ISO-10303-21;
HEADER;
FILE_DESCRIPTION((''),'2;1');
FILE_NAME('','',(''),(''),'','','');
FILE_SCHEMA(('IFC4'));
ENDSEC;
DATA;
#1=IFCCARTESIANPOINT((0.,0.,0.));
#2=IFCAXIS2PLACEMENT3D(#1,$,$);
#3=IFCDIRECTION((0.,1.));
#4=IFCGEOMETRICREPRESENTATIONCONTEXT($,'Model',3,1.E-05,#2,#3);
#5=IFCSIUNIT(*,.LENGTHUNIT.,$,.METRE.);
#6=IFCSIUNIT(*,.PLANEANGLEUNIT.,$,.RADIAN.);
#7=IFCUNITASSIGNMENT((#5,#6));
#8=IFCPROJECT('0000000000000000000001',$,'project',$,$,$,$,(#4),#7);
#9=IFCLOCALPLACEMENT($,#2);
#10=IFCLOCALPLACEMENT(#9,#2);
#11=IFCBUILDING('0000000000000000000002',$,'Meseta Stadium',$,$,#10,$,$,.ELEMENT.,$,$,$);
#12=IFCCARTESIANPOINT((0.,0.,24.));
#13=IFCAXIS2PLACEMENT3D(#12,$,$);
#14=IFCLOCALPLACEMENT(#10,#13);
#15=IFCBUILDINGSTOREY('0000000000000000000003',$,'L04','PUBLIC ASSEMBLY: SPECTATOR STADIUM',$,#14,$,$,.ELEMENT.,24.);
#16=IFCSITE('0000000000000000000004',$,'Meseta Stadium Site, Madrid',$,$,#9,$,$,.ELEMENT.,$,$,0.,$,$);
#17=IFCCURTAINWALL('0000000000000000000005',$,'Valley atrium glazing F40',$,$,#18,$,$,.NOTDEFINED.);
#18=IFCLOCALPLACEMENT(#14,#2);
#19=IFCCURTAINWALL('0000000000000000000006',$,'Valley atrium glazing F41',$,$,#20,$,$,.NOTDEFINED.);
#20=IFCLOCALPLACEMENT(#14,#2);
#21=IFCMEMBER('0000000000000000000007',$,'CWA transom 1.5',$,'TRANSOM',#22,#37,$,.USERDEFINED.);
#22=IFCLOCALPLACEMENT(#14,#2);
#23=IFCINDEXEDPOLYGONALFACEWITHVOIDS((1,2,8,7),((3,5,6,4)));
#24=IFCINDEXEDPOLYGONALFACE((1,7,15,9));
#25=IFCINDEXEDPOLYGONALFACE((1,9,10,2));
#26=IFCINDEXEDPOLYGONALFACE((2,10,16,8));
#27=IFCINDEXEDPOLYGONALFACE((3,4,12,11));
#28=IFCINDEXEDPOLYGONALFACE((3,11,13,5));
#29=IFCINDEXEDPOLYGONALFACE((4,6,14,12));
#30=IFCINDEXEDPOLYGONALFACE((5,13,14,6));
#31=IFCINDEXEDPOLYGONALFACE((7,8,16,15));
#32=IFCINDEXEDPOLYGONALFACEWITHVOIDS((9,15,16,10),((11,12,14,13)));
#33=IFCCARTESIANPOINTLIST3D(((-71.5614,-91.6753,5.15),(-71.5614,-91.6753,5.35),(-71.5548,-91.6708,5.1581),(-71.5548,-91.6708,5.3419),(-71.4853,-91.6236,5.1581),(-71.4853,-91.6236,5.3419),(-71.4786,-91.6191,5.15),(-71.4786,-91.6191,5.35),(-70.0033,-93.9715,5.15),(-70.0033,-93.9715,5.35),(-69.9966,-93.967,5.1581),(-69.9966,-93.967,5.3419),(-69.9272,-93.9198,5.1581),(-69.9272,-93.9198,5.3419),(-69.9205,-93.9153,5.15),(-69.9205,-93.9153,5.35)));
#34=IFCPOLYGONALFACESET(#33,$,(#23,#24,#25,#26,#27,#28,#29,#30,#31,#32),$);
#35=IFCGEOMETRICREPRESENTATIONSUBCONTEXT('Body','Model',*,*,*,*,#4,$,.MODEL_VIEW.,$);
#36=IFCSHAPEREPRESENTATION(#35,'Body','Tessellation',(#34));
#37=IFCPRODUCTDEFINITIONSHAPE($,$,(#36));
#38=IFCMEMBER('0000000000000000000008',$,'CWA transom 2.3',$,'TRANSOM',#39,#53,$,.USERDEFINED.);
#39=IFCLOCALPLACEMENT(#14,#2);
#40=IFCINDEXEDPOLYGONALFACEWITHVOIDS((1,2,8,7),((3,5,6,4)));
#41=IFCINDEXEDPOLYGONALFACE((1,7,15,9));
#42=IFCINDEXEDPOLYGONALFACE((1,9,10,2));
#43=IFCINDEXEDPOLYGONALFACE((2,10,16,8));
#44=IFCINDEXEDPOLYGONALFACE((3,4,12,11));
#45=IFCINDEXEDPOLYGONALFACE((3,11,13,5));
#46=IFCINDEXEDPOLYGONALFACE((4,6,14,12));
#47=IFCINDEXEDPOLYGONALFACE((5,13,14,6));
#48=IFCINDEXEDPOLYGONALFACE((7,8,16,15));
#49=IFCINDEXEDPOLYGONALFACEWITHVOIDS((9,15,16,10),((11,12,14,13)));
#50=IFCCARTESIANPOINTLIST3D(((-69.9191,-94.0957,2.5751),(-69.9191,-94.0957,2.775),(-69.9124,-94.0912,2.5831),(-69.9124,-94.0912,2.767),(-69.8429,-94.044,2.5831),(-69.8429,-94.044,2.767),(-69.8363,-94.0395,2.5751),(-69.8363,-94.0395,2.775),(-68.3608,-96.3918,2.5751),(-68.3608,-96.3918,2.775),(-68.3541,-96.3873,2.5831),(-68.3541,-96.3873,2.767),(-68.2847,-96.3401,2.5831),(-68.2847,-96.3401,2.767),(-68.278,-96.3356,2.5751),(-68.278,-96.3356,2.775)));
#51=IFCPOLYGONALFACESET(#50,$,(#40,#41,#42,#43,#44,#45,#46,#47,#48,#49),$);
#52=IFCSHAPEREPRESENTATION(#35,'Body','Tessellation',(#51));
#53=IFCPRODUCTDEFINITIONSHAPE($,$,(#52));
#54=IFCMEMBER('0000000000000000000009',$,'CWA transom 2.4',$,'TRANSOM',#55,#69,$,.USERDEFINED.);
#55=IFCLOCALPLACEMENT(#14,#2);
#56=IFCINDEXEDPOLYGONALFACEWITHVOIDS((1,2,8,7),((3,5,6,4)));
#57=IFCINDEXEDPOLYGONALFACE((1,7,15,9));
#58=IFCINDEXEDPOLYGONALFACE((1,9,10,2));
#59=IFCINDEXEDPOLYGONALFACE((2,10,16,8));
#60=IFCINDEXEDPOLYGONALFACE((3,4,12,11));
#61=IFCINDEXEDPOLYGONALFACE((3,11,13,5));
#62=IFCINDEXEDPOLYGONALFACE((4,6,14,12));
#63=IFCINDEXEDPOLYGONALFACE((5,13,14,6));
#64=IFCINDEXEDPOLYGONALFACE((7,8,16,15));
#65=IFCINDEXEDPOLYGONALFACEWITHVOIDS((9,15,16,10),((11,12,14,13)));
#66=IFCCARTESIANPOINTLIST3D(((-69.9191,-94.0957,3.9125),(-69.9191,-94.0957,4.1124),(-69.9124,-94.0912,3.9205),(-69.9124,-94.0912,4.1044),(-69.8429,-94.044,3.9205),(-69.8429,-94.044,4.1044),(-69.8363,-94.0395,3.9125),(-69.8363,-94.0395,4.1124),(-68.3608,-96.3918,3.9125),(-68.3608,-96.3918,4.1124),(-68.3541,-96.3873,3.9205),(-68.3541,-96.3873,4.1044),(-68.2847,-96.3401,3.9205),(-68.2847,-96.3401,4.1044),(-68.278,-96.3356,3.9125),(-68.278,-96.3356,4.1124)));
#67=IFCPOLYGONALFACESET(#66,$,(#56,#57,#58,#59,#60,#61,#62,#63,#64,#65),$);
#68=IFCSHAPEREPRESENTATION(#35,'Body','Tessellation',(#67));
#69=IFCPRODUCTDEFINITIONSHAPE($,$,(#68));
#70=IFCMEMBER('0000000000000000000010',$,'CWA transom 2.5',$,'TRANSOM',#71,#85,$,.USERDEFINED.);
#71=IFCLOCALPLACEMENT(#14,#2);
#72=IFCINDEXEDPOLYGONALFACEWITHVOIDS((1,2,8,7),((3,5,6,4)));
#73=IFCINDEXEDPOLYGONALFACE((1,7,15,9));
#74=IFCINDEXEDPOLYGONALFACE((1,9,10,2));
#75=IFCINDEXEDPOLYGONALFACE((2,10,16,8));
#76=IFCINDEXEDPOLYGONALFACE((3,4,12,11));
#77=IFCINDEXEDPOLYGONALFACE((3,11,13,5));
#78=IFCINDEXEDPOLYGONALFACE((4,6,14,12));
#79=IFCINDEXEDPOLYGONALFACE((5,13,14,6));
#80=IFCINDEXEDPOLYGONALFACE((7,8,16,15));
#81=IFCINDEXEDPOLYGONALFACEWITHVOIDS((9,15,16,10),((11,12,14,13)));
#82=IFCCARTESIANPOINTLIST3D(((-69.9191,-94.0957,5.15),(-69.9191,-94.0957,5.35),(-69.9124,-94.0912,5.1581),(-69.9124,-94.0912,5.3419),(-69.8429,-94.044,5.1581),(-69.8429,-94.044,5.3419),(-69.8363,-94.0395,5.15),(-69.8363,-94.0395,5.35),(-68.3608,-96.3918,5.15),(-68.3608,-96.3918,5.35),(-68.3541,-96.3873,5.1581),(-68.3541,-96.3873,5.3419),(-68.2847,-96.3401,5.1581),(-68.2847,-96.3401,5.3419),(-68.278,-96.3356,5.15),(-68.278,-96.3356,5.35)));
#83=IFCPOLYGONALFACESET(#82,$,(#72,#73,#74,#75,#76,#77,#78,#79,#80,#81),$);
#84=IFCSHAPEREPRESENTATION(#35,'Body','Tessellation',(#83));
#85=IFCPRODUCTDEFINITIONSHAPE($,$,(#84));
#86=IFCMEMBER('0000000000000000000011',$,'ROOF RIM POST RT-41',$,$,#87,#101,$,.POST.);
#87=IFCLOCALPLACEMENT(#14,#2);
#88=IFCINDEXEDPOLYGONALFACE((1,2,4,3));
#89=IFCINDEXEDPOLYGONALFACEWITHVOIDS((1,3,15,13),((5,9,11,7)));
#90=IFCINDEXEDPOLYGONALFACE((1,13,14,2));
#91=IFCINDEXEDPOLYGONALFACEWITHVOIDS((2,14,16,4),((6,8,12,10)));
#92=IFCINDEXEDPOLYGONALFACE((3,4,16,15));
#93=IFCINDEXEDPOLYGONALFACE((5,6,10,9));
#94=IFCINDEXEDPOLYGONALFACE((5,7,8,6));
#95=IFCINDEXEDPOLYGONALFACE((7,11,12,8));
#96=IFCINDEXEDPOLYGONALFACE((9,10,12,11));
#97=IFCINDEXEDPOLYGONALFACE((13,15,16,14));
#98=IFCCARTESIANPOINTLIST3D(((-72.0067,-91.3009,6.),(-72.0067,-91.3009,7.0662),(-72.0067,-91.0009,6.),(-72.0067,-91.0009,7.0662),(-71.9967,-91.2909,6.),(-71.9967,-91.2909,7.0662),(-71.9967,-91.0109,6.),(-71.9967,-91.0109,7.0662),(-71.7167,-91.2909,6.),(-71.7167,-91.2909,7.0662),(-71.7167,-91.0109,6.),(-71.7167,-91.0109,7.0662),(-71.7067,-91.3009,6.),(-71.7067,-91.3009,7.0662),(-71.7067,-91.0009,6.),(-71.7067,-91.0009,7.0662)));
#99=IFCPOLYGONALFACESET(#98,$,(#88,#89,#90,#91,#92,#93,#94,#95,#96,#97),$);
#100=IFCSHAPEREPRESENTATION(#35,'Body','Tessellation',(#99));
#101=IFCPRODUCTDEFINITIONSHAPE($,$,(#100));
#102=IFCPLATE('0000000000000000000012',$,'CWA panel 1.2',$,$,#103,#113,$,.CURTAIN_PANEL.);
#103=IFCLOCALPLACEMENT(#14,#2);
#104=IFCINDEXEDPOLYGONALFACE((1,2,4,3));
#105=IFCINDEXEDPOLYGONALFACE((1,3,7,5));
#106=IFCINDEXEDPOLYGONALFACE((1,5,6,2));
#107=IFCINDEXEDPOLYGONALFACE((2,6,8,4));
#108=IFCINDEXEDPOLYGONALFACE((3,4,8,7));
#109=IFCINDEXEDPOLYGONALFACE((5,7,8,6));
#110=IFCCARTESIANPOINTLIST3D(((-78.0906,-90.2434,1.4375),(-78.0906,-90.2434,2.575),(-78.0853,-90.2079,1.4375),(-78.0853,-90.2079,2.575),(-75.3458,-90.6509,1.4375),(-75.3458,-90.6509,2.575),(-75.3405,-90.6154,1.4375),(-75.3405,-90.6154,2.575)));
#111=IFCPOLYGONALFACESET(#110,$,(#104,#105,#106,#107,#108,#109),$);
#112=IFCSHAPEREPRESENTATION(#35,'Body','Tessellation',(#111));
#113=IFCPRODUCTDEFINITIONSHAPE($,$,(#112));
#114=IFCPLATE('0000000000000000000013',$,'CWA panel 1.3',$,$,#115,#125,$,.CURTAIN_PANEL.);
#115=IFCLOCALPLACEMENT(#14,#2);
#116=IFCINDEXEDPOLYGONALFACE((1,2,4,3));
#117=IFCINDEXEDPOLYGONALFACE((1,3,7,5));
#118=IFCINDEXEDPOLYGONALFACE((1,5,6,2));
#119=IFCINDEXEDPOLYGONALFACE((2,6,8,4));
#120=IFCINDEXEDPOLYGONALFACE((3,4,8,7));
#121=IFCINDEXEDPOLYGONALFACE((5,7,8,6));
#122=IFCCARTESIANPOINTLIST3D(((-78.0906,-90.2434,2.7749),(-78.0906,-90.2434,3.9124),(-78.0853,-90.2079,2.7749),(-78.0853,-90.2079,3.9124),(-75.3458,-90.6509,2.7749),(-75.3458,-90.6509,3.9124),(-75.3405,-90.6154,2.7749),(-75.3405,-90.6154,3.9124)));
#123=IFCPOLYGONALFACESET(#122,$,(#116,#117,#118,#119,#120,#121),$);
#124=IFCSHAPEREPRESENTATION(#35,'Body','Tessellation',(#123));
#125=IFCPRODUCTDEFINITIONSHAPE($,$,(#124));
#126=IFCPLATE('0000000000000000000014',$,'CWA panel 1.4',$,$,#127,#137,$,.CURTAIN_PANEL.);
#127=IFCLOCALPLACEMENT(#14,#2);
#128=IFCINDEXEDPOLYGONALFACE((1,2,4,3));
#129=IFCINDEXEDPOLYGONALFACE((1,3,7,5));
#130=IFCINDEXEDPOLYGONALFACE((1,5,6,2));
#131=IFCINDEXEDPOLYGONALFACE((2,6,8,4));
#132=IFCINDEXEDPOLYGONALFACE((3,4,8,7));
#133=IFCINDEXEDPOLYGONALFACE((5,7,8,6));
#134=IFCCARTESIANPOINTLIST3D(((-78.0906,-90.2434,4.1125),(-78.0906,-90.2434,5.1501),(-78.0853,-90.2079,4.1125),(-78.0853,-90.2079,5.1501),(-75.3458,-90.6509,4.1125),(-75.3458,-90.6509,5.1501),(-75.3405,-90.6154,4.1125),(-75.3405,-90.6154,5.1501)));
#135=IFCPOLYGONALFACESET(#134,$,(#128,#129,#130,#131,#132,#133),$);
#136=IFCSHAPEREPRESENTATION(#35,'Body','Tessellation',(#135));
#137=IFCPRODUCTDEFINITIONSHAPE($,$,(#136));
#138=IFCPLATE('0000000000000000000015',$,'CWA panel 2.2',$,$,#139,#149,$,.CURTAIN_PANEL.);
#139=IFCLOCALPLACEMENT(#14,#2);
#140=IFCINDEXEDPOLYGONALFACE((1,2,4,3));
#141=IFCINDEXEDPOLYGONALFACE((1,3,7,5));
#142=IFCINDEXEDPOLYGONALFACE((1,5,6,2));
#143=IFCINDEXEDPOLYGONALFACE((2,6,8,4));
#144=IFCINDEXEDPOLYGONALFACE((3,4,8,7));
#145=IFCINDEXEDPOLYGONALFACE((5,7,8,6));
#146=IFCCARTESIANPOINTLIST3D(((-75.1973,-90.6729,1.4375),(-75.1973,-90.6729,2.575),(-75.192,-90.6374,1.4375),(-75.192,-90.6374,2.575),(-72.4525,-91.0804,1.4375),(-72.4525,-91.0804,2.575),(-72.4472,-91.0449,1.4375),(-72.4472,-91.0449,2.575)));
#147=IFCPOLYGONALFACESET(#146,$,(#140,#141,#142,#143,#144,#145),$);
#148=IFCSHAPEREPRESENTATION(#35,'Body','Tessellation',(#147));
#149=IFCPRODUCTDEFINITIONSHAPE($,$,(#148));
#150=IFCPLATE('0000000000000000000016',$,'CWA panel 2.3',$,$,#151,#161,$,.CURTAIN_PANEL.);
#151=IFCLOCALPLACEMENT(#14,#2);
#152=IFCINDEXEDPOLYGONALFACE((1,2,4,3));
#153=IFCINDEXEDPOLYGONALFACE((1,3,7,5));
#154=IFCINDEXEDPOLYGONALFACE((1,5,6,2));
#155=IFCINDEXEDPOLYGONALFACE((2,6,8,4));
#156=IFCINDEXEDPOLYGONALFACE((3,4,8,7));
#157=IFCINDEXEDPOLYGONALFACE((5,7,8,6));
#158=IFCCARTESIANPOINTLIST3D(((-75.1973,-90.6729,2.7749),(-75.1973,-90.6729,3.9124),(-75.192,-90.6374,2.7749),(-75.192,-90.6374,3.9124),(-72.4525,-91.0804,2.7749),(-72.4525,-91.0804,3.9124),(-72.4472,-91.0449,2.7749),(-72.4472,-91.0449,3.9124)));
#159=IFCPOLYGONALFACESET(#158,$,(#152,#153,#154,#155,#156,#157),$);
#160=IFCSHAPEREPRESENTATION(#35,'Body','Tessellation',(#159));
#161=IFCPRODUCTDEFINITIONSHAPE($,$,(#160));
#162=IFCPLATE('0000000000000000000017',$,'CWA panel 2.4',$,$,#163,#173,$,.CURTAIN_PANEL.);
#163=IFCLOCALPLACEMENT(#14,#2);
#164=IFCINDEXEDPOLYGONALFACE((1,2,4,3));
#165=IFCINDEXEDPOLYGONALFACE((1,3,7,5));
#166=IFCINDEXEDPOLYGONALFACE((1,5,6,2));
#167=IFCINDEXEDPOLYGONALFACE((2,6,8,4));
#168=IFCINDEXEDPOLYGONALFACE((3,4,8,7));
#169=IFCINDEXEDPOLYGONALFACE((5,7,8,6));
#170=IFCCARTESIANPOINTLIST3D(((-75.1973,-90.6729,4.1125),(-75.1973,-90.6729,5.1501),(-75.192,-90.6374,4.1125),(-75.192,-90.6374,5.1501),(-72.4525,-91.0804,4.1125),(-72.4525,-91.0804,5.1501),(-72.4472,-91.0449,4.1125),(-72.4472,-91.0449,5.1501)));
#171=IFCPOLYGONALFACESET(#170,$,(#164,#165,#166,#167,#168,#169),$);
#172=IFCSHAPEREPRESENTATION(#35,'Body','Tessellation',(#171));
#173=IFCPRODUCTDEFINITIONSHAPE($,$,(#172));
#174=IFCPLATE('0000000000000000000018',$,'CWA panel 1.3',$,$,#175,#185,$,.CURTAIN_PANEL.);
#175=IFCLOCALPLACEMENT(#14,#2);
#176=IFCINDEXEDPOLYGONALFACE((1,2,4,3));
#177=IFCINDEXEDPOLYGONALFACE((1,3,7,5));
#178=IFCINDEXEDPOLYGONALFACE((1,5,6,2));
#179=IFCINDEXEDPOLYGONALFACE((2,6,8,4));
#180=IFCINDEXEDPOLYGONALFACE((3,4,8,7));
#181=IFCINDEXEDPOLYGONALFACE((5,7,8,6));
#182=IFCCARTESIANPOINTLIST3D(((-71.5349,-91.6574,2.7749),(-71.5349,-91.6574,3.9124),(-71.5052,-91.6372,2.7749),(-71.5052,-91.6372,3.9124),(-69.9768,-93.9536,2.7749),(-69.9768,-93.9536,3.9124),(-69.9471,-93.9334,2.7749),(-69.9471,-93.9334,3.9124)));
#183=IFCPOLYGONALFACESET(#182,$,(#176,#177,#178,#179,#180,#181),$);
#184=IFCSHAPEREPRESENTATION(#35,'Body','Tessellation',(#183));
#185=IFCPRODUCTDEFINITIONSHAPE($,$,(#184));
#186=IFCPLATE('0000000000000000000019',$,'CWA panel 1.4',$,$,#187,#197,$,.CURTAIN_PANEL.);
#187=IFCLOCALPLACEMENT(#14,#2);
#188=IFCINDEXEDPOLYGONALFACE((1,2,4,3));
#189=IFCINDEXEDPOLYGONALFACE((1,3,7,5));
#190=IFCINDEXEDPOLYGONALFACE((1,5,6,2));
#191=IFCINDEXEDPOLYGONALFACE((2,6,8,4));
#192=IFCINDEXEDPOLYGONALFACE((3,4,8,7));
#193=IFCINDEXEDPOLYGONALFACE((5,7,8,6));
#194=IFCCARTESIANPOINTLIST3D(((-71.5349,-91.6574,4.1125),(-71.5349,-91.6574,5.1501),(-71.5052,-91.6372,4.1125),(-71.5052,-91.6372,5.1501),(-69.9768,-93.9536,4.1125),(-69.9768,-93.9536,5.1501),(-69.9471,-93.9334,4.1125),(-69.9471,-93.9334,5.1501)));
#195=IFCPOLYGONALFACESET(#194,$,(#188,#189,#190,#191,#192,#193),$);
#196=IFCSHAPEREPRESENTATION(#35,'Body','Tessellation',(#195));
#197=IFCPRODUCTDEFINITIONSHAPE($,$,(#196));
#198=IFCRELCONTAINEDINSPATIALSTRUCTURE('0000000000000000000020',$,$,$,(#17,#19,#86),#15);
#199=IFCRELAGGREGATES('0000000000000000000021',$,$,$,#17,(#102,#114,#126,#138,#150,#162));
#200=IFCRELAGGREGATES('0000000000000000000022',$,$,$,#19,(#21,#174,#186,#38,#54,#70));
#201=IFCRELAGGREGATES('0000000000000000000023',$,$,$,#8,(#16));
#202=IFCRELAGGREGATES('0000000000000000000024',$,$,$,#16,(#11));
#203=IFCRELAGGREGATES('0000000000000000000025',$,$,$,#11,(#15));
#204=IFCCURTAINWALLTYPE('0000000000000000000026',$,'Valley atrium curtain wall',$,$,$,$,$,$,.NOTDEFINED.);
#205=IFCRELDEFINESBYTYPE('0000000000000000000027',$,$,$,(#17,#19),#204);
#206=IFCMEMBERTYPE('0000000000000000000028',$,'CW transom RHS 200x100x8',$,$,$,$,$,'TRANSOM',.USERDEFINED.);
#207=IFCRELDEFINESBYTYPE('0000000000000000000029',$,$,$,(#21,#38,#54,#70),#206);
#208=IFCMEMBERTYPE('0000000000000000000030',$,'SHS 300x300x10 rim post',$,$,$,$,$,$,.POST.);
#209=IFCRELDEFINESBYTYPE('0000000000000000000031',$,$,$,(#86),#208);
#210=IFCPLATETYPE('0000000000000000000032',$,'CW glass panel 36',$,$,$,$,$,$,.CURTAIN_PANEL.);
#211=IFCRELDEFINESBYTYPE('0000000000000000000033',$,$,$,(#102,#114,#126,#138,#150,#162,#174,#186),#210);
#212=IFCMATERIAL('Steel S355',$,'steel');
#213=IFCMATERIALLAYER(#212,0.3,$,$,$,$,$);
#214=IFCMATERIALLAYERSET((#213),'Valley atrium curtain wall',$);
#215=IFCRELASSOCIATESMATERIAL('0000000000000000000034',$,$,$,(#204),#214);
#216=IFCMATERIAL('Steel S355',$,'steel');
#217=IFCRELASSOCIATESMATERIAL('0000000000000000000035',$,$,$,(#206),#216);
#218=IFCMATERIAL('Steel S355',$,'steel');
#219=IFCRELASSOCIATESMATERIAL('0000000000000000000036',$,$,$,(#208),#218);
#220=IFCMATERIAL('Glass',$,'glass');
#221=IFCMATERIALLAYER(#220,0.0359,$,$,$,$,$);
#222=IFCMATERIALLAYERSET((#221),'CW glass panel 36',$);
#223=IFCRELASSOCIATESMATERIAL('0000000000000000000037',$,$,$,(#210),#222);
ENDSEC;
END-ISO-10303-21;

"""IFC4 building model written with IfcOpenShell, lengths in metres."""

from ifc_helpers import new_model, si_unit, direction, frame, origin, origin_2d, place, context, subcontext, project, spatial, rectangle, hollow_rectangle, extrude, material, layer, layer_set, material_profile, profile_set, type_object, element, aggregate, save


model = new_model("IFC4")

# Units and contexts
model_context = context("Model", 3, precision=1e-05, world=origin(), true_north=direction((0.0, 1.0)))
body_context = subcontext(model_context, "Body", "Model", "MODEL_VIEW")
ifc_project = project(units=[si_unit("LENGTHUNIT", "METRE"), si_unit("PLANEANGLEUNIT", "RADIAN")], contexts=[model_context])

# Site, building, storey
site_placement = place(None, origin())
site = spatial("IfcSite", under=ifc_project, at=site_placement, Name="Meseta Stadium Site, Madrid", CompositionType="ELEMENT", RefElevation=0.0)
building_placement = place(site_placement, origin())
building = spatial("IfcBuilding", under=site, at=building_placement, Name="Meseta Stadium", CompositionType="ELEMENT")
storey_placement = place(building_placement, frame((0.0, 0.0, 24.0)))
storey = spatial("IfcBuildingStorey", under=building, at=storey_placement, Name="L04", Description="PUBLIC ASSEMBLY: SPECTATOR STADIUM", CompositionType="ELEMENT", Elevation=24.0)

# Curtain walls, members
ifc_material_1 = material(Name="Steel S355", Category="steel")
ifc_layer_1 = layer(ifc_material_1, 0.3)
ifc_layer_set_1 = layer_set([ifc_layer_1], Name="Valley atrium curtain wall")
curtain_wall_type = type_object("IfcCurtainWallType", Name="Valley atrium curtain wall", PredefinedType="NOTDEFINED", material=ifc_layer_set_1)
curtain_wall_1_placement = place(storey_placement, origin())
curtain_wall_1 = element("IfcCurtainWall", 1, at=curtain_wall_1_placement, inside=storey, type_object=curtain_wall_type, Name="Valley atrium glazing F40", PredefinedType="NOTDEFINED")
ifc_material_2 = material(Name="Steel S355", Category="steel")
ifc_material_profile_1 = material_profile(ifc_material_2, hollow_rectangle(XDim=0.1001, YDim=0.2, WallThickness=0.0081, at=origin_2d()), Name="RHS 200x100x8")
ifc_profile_set_1 = profile_set([ifc_material_profile_1], Name="Steel S355")
member_type_1 = type_object("IfcMemberType", Name="CW transom RHS 200x100x8", ElementType="TRANSOM", PredefinedType="USERDEFINED", material=ifc_profile_set_1)
curtain_wall_2_placement = place(storey_placement, origin())
curtain_wall_2 = element("IfcCurtainWall", 2, at=curtain_wall_2_placement, inside=storey, type_object=curtain_wall_type, Name="Valley atrium glazing F41", PredefinedType="NOTDEFINED")
member_1_placement = place(storey_placement, frame((-71.52, -91.6472, 5.25), z_axis=(0.561504, -0.827474, 0.0), x_axis=(0.827474, 0.561504, 0.0)))
member_1 = element("IfcMember", 3, at=member_1_placement, type_object=member_type_1, Name="CWA transom 1.5", ObjectType="TRANSOM", PredefinedType="USERDEFINED", context=body_context, shape_type="SweptSolid", body=[
    extrude(hollow_rectangle(XDim=0.1001, YDim=0.2, WallThickness=0.0081, at=origin_2d()), origin(), (0.0, 0.0, 1.0), 2.7749),
])
member_2_placement = place(storey_placement, frame((-69.8777, -94.0676, 2.675), z_axis=(0.561564, -0.827433, 0.0), x_axis=(0.827433, 0.561564, 0.0)))
member_2 = element("IfcMember", 4, at=member_2_placement, type_object=member_type_1, Name="CWA transom 2.3", ObjectType="TRANSOM", PredefinedType="USERDEFINED", context=body_context, shape_type="SweptSolid", body=[
    extrude(hollow_rectangle(XDim=0.1001, YDim=0.2, WallThickness=0.0081, at=origin_2d()), origin(), (0.0, 0.0, 1.0), 2.7749),
])
member_3_placement = place(storey_placement, frame((-69.8777, -94.0676, 4.0125), z_axis=(0.561564, -0.827433, 0.0), x_axis=(0.827433, 0.561564, 0.0)))
member_3 = element("IfcMember", 5, at=member_3_placement, type_object=member_type_1, Name="CWA transom 2.4", ObjectType="TRANSOM", PredefinedType="USERDEFINED", context=body_context, shape_type="SweptSolid", body=[
    extrude(hollow_rectangle(XDim=0.1001, YDim=0.2, WallThickness=0.0081, at=origin_2d()), origin(), (0.0, 0.0, 1.0), 2.7749),
])
member_4_placement = place(storey_placement, frame((-69.8777, -94.0676, 5.25), z_axis=(0.561564, -0.827433, 0.0), x_axis=(0.827433, 0.561564, 0.0)))
member_4 = element("IfcMember", 6, at=member_4_placement, type_object=member_type_1, Name="CWA transom 2.5", ObjectType="TRANSOM", PredefinedType="USERDEFINED", context=body_context, shape_type="SweptSolid", body=[
    extrude(hollow_rectangle(XDim=0.1001, YDim=0.2, WallThickness=0.0081, at=origin_2d()), origin(), (0.0, 0.0, 1.0), 2.7749),
])

# Member
ifc_material_3 = material(Name="Steel S355", Category="steel")
ifc_material_profile_2 = material_profile(ifc_material_3, hollow_rectangle(XDim=0.3, YDim=0.3, WallThickness=0.01, at=origin_2d()), Name="SHS 300x300x10")
ifc_profile_set_2 = profile_set([ifc_material_profile_2], Name="Steel S355")
member_type_2 = type_object("IfcMemberType", Name="SHS 300x300x10 rim post", PredefinedType="POST", material=ifc_profile_set_2)
member_5_placement = place(storey_placement, frame((-71.8567, -91.1509, 6.0), z_axis=(0.0, 0.0, 1.0), x_axis=(1.0, 0.0, 0.0)))
element("IfcMember", 7, at=member_5_placement, inside=storey, type_object=member_type_2, Name="ROOF RIM POST RT-41", PredefinedType="POST", context=body_context, shape_type="SweptSolid", body=[
    extrude(hollow_rectangle(XDim=0.3, YDim=0.3, WallThickness=0.01, at=origin_2d()), origin(), (0.0, 0.0, 1.0), 1.0662),
])

# Plates
ifc_material_4 = material(Name="Glass", Category="glass")
ifc_layer_2 = layer(ifc_material_4, 0.0359)
ifc_layer_set_2 = layer_set([ifc_layer_2], Name="CW glass panel 36")
plate_type = type_object("IfcPlateType", Name="CW glass panel 36", PredefinedType="CURTAIN_PANEL", material=ifc_layer_set_2)
plate_1_placement = place(storey_placement, frame((-76.7156, -90.4294, 1.4375), z_axis=(0.0, 0.0, 1.0), x_axis=(0.989158, -0.146854, 0.0)))
plate_1 = element("IfcPlate", 8, at=plate_1_placement, type_object=plate_type, Name="CWA panel 1.2", PredefinedType="CURTAIN_PANEL", context=body_context, shape_type="SweptSolid", body=[
    extrude(rectangle(XDim=2.7749, YDim=0.0359, at=origin_2d()), origin(), (0.0, 0.0, 1.0), 1.1375),
])
plate_2_placement = place(storey_placement, frame((-76.7156, -90.4294, 2.7749), z_axis=(0.0, 0.0, 1.0), x_axis=(0.989158, -0.146854, 0.0)))
plate_2 = element("IfcPlate", 9, at=plate_2_placement, type_object=plate_type, Name="CWA panel 1.3", PredefinedType="CURTAIN_PANEL", context=body_context, shape_type="SweptSolid", body=[
    extrude(rectangle(XDim=2.7749, YDim=0.0359, at=origin_2d()), origin(), (0.0, 0.0, 1.0), 1.1375),
])
plate_3_placement = place(storey_placement, frame((-76.7156, -90.4294, 4.1125), z_axis=(0.0, 0.0, 1.0), x_axis=(0.989158, -0.146854, 0.0)))
plate_3 = element("IfcPlate", 10, at=plate_3_placement, type_object=plate_type, Name="CWA panel 1.4", PredefinedType="CURTAIN_PANEL", context=body_context, shape_type="SweptSolid", body=[
    extrude(rectangle(XDim=2.7749, YDim=0.0359, at=origin_2d()), origin(), (0.0, 0.0, 1.0), 1.0376),
])
plate_4_placement = place(storey_placement, frame((-73.8223, -90.8589, 1.4375), z_axis=(0.0, 0.0, 1.0), x_axis=(0.989158, -0.146854, 0.0)))
plate_4 = element("IfcPlate", 11, at=plate_4_placement, type_object=plate_type, Name="CWA panel 2.2", PredefinedType="CURTAIN_PANEL", context=body_context, shape_type="SweptSolid", body=[
    extrude(rectangle(XDim=2.7749, YDim=0.0359, at=origin_2d()), origin(), (0.0, 0.0, 1.0), 1.1375),
])
plate_5_placement = place(storey_placement, frame((-73.8223, -90.8589, 2.7749), z_axis=(0.0, 0.0, 1.0), x_axis=(0.989158, -0.146854, 0.0)))
plate_5 = element("IfcPlate", 12, at=plate_5_placement, type_object=plate_type, Name="CWA panel 2.3", PredefinedType="CURTAIN_PANEL", context=body_context, shape_type="SweptSolid", body=[
    extrude(rectangle(XDim=2.7749, YDim=0.0359, at=origin_2d()), origin(), (0.0, 0.0, 1.0), 1.1375),
])
plate_6_placement = place(storey_placement, frame((-73.8223, -90.8589, 4.1125), z_axis=(0.0, 0.0, 1.0), x_axis=(0.989158, -0.146854, 0.0)))
plate_6 = element("IfcPlate", 13, at=plate_6_placement, type_object=plate_type, Name="CWA panel 2.4", PredefinedType="CURTAIN_PANEL", context=body_context, shape_type="SweptSolid", body=[
    extrude(rectangle(XDim=2.7749, YDim=0.0359, at=origin_2d()), origin(), (0.0, 0.0, 1.0), 1.0376),
])
aggregate(curtain_wall_1, [plate_1, plate_2, plate_3, plate_4, plate_5, plate_6])
plate_7_placement = place(storey_placement, frame((-70.741, -92.7954, 2.7749), z_axis=(0.0, 0.0, 1.0), x_axis=(0.56149, -0.827483, 0.0)))
plate_7 = element("IfcPlate", 14, at=plate_7_placement, type_object=plate_type, Name="CWA panel 1.3", PredefinedType="CURTAIN_PANEL", context=body_context, shape_type="SweptSolid", body=[
    extrude(rectangle(XDim=2.7749, YDim=0.0359, at=origin_2d()), origin(), (0.0, 0.0, 1.0), 1.1375),
])
plate_8_placement = place(storey_placement, frame((-70.741, -92.7954, 4.1125), z_axis=(0.0, 0.0, 1.0), x_axis=(0.56149, -0.827483, 0.0)))
plate_8 = element("IfcPlate", 15, at=plate_8_placement, type_object=plate_type, Name="CWA panel 1.4", PredefinedType="CURTAIN_PANEL", context=body_context, shape_type="SweptSolid", body=[
    extrude(rectangle(XDim=2.7749, YDim=0.0359, at=origin_2d()), origin(), (0.0, 0.0, 1.0), 1.0376),
])
aggregate(curtain_wall_2, [member_1, plate_7, plate_8, member_2, member_3, member_4])

save(model, "model.ifc")
